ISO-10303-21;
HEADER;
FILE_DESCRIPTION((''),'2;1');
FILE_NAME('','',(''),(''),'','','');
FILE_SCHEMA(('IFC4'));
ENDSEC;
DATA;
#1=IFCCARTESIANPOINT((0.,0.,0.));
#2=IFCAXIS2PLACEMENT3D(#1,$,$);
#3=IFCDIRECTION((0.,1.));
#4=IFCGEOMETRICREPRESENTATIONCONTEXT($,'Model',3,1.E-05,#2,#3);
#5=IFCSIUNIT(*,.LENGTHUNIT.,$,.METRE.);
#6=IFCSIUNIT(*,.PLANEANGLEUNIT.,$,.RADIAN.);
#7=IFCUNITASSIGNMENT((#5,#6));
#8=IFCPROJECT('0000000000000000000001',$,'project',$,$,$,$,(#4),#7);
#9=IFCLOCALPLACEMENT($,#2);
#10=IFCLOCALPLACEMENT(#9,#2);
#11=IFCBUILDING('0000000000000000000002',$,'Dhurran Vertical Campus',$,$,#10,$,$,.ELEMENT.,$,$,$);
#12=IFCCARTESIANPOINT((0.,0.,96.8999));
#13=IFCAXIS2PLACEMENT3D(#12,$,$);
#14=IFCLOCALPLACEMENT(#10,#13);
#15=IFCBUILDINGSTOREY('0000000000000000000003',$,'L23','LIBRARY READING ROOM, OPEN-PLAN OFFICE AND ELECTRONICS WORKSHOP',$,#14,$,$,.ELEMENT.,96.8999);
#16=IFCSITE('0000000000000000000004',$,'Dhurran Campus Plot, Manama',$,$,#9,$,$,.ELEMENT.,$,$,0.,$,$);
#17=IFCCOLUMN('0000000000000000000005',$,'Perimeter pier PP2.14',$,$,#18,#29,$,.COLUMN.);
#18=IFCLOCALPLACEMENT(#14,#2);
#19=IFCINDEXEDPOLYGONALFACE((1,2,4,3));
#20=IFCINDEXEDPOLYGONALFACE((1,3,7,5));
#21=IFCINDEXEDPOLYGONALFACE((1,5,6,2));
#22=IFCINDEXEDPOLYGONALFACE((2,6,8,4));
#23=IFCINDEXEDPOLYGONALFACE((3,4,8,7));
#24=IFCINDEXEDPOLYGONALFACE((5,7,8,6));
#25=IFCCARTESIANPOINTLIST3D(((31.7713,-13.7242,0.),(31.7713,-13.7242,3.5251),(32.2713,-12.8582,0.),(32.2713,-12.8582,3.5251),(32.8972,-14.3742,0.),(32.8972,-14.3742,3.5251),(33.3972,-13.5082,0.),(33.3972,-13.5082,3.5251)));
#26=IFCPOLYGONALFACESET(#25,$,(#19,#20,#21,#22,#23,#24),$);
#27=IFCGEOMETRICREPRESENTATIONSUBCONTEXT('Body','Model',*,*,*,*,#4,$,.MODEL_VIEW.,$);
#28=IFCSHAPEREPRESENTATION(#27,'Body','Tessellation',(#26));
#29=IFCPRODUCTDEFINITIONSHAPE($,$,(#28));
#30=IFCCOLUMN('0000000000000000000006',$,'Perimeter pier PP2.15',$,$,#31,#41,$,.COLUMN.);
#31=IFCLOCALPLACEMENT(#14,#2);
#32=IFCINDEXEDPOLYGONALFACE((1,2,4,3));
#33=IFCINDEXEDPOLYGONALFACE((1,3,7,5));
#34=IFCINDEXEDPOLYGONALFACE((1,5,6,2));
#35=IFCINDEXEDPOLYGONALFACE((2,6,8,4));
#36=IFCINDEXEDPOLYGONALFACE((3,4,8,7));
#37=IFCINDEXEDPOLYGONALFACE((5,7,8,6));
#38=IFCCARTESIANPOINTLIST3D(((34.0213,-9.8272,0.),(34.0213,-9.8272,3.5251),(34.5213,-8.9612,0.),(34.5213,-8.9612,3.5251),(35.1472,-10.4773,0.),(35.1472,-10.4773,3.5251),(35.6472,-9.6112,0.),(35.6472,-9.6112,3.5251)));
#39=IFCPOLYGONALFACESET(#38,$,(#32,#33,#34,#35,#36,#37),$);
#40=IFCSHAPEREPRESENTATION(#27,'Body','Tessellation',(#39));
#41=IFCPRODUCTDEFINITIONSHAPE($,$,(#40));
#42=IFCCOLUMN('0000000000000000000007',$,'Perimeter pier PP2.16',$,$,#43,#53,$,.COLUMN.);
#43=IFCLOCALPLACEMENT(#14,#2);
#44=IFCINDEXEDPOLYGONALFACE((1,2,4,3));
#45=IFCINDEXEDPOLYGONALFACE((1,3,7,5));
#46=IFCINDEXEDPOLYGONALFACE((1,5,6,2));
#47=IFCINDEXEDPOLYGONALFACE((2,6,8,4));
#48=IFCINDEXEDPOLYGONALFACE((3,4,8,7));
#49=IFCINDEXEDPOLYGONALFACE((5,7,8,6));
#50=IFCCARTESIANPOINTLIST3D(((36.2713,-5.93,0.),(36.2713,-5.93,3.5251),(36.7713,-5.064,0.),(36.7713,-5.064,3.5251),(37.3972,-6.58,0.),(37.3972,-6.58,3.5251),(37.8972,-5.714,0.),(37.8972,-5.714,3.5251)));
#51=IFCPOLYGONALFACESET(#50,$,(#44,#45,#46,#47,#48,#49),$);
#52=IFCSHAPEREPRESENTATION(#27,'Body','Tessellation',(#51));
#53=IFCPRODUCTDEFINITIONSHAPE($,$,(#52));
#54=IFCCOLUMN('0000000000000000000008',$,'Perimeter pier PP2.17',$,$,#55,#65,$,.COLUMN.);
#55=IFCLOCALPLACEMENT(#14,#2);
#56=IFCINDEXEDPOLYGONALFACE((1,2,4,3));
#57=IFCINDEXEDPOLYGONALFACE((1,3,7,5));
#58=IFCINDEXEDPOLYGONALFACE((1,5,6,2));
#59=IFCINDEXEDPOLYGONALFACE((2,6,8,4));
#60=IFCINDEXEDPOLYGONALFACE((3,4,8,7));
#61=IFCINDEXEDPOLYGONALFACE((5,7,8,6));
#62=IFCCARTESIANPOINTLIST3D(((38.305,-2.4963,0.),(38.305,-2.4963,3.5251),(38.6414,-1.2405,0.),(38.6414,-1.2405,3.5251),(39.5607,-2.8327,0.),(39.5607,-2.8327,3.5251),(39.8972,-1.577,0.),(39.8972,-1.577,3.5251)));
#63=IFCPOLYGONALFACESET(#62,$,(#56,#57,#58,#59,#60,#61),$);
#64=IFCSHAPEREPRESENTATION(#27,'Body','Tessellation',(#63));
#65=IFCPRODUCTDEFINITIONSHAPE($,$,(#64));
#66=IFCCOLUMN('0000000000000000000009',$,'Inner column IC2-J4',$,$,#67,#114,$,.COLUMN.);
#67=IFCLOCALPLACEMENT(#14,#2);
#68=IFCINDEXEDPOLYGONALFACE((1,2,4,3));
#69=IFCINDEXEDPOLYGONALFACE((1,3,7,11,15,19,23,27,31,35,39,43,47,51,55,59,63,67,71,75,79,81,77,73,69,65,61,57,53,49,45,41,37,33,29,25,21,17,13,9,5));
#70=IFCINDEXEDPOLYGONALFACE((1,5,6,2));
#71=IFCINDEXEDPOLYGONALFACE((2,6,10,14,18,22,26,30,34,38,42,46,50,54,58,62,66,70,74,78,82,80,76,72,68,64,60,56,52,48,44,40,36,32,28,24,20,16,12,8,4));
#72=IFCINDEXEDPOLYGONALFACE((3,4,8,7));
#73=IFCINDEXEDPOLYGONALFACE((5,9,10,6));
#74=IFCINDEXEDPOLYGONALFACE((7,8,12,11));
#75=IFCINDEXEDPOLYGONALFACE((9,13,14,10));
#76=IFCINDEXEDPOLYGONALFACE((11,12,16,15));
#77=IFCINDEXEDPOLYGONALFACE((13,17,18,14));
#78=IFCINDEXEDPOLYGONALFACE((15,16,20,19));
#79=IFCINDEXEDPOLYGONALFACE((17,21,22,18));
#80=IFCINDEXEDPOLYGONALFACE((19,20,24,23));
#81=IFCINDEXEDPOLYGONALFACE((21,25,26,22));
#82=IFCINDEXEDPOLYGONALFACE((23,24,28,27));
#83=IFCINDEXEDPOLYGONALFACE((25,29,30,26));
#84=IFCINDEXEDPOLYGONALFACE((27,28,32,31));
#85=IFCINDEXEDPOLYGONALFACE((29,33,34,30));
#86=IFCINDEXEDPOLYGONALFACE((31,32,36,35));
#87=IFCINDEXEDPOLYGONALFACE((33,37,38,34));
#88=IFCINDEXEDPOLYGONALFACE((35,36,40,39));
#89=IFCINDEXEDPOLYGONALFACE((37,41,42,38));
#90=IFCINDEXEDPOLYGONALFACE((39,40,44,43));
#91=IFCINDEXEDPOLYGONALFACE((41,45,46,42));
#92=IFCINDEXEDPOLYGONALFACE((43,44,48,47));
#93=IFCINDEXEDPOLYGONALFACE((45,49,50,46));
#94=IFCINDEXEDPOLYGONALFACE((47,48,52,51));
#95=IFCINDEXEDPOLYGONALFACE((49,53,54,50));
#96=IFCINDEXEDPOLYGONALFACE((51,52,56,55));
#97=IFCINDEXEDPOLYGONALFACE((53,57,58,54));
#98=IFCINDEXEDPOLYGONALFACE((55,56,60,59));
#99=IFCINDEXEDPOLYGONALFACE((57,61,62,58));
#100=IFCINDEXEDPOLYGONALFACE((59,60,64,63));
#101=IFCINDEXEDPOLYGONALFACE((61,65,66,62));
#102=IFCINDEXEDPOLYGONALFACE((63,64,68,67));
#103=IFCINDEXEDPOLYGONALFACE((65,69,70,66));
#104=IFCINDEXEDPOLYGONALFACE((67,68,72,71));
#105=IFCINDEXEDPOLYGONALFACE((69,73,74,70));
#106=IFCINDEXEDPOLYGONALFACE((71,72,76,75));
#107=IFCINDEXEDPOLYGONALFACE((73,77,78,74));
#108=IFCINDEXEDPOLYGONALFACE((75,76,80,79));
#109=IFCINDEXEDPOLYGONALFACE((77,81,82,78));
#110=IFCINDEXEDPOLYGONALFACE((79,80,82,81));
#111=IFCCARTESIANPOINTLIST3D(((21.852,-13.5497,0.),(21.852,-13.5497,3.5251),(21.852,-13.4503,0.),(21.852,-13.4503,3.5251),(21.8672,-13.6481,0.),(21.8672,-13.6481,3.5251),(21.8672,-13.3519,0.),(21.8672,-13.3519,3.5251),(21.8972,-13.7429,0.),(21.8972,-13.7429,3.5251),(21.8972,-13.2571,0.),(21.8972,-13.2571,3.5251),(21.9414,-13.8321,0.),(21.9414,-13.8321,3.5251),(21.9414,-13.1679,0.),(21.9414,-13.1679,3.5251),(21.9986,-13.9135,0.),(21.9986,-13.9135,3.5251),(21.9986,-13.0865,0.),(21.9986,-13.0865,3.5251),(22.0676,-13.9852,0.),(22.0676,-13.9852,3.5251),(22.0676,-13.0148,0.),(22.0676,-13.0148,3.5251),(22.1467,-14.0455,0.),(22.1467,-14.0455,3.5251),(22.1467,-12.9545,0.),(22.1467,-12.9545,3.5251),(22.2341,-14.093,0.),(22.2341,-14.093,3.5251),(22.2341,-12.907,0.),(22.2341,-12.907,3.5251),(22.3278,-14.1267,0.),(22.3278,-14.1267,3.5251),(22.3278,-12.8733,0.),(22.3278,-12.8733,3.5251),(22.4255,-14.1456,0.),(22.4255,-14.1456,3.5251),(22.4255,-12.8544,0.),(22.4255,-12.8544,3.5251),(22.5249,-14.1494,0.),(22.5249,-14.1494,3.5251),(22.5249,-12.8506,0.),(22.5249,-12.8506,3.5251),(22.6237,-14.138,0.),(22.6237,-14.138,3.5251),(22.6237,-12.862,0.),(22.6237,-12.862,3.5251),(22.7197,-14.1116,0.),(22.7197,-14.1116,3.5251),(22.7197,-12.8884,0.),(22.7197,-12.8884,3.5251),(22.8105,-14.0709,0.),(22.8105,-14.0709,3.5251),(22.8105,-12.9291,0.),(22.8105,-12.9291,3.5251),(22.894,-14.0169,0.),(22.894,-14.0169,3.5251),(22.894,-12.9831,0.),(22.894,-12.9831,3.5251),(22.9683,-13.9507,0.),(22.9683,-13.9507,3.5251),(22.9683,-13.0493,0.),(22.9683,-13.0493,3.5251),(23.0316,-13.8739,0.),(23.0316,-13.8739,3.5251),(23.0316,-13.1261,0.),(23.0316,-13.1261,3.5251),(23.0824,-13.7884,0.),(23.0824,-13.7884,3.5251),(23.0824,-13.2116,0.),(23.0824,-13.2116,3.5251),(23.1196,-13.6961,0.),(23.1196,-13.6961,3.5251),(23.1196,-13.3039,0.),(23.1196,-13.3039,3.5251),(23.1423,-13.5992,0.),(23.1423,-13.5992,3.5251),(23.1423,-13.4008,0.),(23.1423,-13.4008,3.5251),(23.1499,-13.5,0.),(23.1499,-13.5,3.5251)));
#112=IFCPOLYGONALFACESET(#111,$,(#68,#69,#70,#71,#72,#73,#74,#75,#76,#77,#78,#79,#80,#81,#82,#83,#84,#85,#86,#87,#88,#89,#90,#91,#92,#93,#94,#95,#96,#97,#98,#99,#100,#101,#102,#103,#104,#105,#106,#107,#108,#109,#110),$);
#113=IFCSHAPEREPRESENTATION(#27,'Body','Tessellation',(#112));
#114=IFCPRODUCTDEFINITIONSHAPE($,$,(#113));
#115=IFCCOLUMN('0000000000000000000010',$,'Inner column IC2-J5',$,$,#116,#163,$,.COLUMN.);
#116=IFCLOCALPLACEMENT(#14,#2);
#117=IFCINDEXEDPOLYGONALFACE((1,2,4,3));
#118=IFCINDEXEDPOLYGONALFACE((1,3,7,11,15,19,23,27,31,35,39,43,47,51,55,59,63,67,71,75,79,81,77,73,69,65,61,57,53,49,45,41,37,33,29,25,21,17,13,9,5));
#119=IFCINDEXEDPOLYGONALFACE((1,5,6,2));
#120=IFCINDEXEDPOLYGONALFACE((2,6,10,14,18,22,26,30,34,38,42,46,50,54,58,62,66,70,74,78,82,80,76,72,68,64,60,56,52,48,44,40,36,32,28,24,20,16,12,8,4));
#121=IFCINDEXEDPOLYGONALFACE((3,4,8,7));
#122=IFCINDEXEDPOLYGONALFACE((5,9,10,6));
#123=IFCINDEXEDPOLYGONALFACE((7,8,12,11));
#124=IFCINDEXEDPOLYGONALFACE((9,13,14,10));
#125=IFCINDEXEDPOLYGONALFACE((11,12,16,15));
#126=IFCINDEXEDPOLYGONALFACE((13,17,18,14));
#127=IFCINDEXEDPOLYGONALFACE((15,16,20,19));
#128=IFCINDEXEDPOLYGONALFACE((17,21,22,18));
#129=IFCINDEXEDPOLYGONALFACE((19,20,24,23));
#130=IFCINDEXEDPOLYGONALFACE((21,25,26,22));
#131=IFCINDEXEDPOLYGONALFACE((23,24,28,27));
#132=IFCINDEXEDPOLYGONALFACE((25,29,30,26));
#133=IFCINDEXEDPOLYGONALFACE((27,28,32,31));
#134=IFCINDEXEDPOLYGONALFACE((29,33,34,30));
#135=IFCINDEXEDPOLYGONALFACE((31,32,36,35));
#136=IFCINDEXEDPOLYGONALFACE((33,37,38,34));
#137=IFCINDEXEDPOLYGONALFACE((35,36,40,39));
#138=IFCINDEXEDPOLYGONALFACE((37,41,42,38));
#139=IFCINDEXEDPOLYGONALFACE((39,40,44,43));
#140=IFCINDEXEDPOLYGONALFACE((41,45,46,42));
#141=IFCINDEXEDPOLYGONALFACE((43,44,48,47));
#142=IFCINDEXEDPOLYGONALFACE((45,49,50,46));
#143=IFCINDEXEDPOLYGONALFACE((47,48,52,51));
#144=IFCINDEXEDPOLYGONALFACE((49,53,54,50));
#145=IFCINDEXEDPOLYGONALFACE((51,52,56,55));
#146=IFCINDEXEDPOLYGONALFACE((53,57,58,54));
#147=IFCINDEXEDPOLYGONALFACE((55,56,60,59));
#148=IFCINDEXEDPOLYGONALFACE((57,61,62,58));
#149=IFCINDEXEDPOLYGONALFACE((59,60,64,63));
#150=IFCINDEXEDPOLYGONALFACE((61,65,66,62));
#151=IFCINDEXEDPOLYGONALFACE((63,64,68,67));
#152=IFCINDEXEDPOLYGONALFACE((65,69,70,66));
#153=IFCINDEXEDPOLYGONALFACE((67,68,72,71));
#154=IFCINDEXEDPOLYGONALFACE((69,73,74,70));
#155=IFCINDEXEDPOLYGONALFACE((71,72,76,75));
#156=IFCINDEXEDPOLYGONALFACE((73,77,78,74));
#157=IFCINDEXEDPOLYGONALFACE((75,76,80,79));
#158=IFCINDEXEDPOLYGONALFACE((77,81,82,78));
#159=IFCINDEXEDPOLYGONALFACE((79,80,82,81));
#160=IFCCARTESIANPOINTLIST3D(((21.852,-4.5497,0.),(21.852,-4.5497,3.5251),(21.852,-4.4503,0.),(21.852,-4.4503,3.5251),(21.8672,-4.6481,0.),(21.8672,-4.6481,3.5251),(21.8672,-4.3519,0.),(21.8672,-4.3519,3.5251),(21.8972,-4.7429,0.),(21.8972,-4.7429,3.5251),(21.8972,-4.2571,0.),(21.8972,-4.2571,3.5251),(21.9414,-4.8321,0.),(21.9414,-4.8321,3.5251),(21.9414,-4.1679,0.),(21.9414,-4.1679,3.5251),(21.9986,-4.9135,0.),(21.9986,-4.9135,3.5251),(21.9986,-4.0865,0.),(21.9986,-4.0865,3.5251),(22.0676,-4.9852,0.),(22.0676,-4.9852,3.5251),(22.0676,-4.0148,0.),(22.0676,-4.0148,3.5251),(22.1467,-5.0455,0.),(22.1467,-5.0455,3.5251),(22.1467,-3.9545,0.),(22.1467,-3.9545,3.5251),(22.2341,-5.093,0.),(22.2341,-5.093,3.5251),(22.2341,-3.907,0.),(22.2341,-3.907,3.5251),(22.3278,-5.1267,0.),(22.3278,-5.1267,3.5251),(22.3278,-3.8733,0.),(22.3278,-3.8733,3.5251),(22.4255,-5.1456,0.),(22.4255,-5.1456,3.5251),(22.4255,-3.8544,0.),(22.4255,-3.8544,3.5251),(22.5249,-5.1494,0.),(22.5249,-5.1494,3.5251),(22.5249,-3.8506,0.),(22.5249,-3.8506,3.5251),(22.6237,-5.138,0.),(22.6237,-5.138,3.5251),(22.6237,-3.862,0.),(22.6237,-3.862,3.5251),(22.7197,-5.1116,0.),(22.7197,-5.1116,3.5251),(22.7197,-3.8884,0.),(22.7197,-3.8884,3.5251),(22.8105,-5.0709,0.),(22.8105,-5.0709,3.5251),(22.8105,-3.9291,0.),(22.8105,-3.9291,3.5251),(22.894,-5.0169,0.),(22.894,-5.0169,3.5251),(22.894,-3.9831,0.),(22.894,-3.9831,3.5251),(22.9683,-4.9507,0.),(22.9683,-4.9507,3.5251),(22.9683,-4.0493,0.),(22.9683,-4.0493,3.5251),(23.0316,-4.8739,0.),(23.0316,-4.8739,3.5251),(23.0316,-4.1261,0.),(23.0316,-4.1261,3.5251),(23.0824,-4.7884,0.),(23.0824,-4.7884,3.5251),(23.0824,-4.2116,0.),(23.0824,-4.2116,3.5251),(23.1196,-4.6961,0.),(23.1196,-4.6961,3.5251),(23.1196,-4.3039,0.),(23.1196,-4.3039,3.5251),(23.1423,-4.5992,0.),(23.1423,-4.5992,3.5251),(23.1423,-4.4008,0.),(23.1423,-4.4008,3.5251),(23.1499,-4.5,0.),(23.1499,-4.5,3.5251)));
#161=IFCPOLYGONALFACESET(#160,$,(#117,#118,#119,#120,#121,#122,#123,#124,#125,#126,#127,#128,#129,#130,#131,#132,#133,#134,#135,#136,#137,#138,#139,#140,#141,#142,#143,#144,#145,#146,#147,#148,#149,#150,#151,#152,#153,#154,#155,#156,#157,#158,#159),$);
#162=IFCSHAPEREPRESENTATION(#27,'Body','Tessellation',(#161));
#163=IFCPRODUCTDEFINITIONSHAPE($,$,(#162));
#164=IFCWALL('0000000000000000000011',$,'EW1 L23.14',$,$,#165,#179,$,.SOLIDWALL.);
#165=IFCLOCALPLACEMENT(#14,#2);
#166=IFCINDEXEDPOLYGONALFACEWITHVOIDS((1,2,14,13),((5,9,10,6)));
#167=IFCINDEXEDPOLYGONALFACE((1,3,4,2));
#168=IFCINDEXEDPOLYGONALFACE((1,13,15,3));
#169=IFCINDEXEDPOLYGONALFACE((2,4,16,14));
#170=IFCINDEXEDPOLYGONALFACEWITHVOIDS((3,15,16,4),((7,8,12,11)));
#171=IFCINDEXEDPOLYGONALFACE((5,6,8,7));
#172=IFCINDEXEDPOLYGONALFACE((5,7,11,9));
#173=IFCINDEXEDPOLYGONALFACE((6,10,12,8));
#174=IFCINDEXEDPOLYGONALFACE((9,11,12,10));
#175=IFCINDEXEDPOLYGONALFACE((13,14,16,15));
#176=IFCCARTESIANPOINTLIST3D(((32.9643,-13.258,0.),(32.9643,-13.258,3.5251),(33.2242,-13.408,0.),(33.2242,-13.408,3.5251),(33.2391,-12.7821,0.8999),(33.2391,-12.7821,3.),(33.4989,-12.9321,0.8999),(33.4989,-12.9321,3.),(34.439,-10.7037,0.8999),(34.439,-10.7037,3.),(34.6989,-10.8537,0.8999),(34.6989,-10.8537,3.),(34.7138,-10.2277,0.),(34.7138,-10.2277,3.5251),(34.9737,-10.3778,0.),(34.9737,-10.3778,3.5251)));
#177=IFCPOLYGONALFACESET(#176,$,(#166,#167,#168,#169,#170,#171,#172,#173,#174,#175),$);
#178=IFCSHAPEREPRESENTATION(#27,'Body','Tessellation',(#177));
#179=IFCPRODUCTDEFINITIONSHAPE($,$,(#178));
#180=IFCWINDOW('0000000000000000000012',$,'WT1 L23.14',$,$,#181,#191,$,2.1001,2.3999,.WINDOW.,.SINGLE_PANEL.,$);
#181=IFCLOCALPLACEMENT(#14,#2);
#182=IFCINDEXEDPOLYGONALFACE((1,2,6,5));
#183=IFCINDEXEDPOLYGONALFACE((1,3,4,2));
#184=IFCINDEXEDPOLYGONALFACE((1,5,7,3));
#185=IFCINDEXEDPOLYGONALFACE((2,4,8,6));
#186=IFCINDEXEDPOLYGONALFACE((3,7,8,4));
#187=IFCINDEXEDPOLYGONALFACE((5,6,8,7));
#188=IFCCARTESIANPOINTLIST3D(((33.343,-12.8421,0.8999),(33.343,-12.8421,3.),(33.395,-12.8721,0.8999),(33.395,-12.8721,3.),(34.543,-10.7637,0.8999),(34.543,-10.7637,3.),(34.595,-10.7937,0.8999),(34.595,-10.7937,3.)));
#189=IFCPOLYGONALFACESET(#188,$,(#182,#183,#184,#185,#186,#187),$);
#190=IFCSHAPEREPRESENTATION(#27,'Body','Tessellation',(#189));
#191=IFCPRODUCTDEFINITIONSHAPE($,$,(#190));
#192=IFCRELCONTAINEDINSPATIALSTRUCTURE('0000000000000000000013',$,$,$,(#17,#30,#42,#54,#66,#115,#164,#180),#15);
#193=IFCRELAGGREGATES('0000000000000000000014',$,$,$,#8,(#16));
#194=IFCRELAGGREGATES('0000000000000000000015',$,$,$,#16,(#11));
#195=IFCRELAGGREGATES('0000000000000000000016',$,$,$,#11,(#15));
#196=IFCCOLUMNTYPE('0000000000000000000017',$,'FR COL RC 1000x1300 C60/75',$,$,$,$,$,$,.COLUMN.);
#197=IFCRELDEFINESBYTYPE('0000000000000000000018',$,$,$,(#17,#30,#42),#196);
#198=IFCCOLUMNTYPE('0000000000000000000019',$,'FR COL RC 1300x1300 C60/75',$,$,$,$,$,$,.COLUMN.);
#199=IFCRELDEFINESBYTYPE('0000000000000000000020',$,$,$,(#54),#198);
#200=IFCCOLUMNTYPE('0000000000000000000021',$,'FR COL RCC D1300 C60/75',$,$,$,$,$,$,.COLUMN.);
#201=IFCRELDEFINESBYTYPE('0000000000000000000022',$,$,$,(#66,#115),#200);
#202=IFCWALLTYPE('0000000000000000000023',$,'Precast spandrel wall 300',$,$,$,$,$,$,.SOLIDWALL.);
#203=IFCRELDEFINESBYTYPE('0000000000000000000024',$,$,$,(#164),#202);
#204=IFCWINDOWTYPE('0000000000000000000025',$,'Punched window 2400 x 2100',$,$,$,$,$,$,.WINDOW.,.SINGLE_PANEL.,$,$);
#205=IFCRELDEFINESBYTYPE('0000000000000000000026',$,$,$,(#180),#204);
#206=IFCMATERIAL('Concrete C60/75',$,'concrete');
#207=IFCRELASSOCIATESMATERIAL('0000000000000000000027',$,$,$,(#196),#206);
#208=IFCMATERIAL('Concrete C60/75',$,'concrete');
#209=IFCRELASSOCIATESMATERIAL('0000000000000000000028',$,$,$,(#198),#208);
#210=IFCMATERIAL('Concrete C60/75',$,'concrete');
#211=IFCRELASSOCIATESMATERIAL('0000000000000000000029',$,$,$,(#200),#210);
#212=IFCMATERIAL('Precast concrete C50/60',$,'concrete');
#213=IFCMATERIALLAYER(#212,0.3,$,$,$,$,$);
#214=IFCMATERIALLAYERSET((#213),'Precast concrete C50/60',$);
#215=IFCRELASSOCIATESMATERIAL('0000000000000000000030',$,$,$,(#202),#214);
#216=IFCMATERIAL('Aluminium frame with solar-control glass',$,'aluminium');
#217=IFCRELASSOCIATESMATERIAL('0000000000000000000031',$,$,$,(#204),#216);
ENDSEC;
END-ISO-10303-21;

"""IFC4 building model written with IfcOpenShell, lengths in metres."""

from ifc_helpers import new_model, si_unit, direction, frame, frame_2d, origin, origin_2d, place, context, subcontext, project, spatial, rectangle, circle, extrude, material, layer, layer_set, material_profile, profile_set, type_object, element, fill, save


model = new_model("IFC4")

# Units and contexts
model_context = context("Model", 3, precision=1e-05, world=origin(), true_north=direction((0.0, 1.0)))
body_context = subcontext(model_context, "Body", "Model", "MODEL_VIEW")
ifc_project = project(units=[si_unit("LENGTHUNIT", "METRE"), si_unit("PLANEANGLEUNIT", "RADIAN")], contexts=[model_context])

# Site, building, storey
site_placement = place(None, origin())
site = spatial("IfcSite", under=ifc_project, at=site_placement, Name="Dhurran Campus Plot, Manama", CompositionType="ELEMENT", RefElevation=0.0)
building_placement = place(site_placement, origin())
building = spatial("IfcBuilding", under=site, at=building_placement, Name="Dhurran Vertical Campus", CompositionType="ELEMENT")
storey_placement = place(building_placement, frame((0.0, 0.0, 96.8999)))
storey = spatial("IfcBuildingStorey", under=building, at=storey_placement, Name="L23", Description="LIBRARY READING ROOM, OPEN-PLAN OFFICE AND ELECTRONICS WORKSHOP", CompositionType="ELEMENT", Elevation=96.8999)

# Columns
ifc_material_1 = material(Name="Concrete C60/75", Category="concrete")
ifc_material_profile_1 = material_profile(ifc_material_1, rectangle(XDim=1.0, YDim=1.3, at=origin_2d()), Name="RC 1000x1300")
ifc_profile_set_1 = profile_set([ifc_material_profile_1], Name="Concrete C60/75")
column_type_1 = type_object("IfcColumnType", Name="FR COL RC 1000x1300 C60/75", PredefinedType="COLUMN", material=ifc_profile_set_1)
for number, where, z_axis, x_axis, name in (
    (1, (32.5842, -13.6162, 0.0), (0.0, 0.0, 1.0), (0.5, 0.866025, 0.0), "Perimeter pier PP2.14"),
    (2, (34.8342, -9.7192, 0.0), (0.0, 0.0, 1.0), (0.5, 0.866025, 0.0), "Perimeter pier PP2.15"),
    (3, (37.0842, -5.822, 0.0), (0.0, 0.0, 1.0), (0.5, 0.866025, 0.0), "Perimeter pier PP2.16"),
):
    element("IfcColumn", number, at=place(storey_placement, frame(where, z_axis=z_axis, x_axis=x_axis)), inside=storey, type_object=column_type_1, Name=name, PredefinedType="COLUMN", context=body_context, shape_type="SweptSolid", body=[
        extrude(rectangle(XDim=1.0, YDim=1.3, at=origin_2d()), origin(), (0.0, 0.0, 1.0), 3.5251),
    ])
ifc_material_2 = material(Name="Concrete C60/75", Category="concrete")
ifc_material_profile_2 = material_profile(ifc_material_2, rectangle(XDim=1.3, YDim=1.3, at=origin_2d()), Name="RC 1300x1300")
ifc_profile_set_2 = profile_set([ifc_material_profile_2], Name="Concrete C60/75")
column_type_2 = type_object("IfcColumnType", Name="FR COL RC 1300x1300 C60/75", PredefinedType="COLUMN", material=ifc_profile_set_2)
column_placement = place(storey_placement, frame((39.1011, -2.0366, 0.0), z_axis=(0.0, 0.0, 1.0), x_axis=(0.258819, 0.965926, 0.0)))
element("IfcColumn", 4, at=column_placement, inside=storey, type_object=column_type_2, Name="Perimeter pier PP2.17", PredefinedType="COLUMN", context=body_context, shape_type="SweptSolid", body=[
    extrude(rectangle(XDim=1.3, YDim=1.3, at=origin_2d()), origin(), (0.0, 0.0, 1.0), 3.5251),
])
ifc_material_3 = material(Name="Concrete C60/75", Category="concrete")
ifc_material_profile_3 = material_profile(ifc_material_3, circle(Radius=0.6499, at=origin_2d()), Name="RCC D1300")
ifc_profile_set_3 = profile_set([ifc_material_profile_3], Name="Concrete C60/75")
column_type_3 = type_object("IfcColumnType", Name="FR COL RCC D1300 C60/75", PredefinedType="COLUMN", material=ifc_profile_set_3)
for number, where, z_axis, x_axis, name in (
    (5, (22.5, -13.5, 0.0), (0.0, 0.0, 1.0), (1.0, 0.0, 0.0), "Inner column IC2-J4"),
    (6, (22.5, -4.5, 0.0), (0.0, 0.0, 1.0), (1.0, 0.0, 0.0), "Inner column IC2-J5"),
):
    element("IfcColumn", number, at=place(storey_placement, frame(where, z_axis=z_axis, x_axis=x_axis)), inside=storey, type_object=column_type_3, Name=name, PredefinedType="COLUMN", context=body_context, shape_type="SweptSolid", body=[
        extrude(circle(Radius=0.6499, at=origin_2d()), origin(), (0.0, 0.0, 1.0), 3.5251),
    ])

# Wall, opening, window
ifc_material_4 = material(Name="Precast concrete C50/60", Category="concrete")
ifc_layer_1 = layer(ifc_material_4, 0.3)
ifc_layer_set_1 = layer_set([ifc_layer_1], Name="Precast concrete C50/60")
wall_type_1 = type_object("IfcWallType", Name="Precast spandrel wall 300", PredefinedType="SOLIDWALL", material=ifc_layer_set_1)
wall_1_placement = place(storey_placement, frame((33.0942, -13.333, 0.0), z_axis=(0.0, 0.0, 1.0), x_axis=(0.499996, 0.866028, 0.0)))
wall_1 = element("IfcWall", 7, at=wall_1_placement, inside=storey, type_object=wall_type_1, Name="EW1 L23.14", PredefinedType="SOLIDWALL", context=body_context, shape_type="SweptSolid", body=[
    extrude(rectangle(XDim=3.499, YDim=0.3, at=frame_2d((1.7495, 0.0))), origin(), (0.0, 0.0, 1.0), 3.5251),
])
opening_1_placement = place(wall_1_placement, frame((0.5496, 0.0, 0.8999)))
opening_1 = element("IfcOpeningElement", 8, at=opening_1_placement, cuts=wall_1, PredefinedType="OPENING", context=body_context, shape_type="SweptSolid", body=[
    extrude(rectangle(XDim=2.3999, YDim=2.1001, at=frame_2d((1.2, 1.05))), frame((0.0, 0.1599, 0.0), z_axis=(0.0, -1.0, 0.0), x_axis=(1.0, 0.0, 0.0)), (0.0, 0.0, 1.0), 0.3201),
])
ifc_material_5 = material(Name="Aluminium frame with solar-control glass", Category="aluminium")
window_type = type_object("IfcWindowType", Name="Punched window 2400 x 2100", PartitioningType="SINGLE_PANEL", PredefinedType="WINDOW", material=ifc_material_5)
window_1_placement = place(opening_1_placement, origin())
window_1 = element("IfcWindow", 9, at=window_1_placement, inside=storey, type_object=window_type, Name="WT1 L23.14", OverallHeight=2.1001, OverallWidth=2.3999, PartitioningType="SINGLE_PANEL", PredefinedType="WINDOW", context=body_context, shape_type="SweptSolid", body=[
    extrude(rectangle(XDim=2.3999, YDim=2.1001, at=frame_2d((1.2, 1.05))), frame((0.0, 0.03, 0.0), z_axis=(0.0, -1.0, 0.0), x_axis=(1.0, 0.0, 0.0)), (0.0, 0.0, 1.0), 0.0601),
])
fill(opening_1, window_1)

save(model, "model.ifc")
